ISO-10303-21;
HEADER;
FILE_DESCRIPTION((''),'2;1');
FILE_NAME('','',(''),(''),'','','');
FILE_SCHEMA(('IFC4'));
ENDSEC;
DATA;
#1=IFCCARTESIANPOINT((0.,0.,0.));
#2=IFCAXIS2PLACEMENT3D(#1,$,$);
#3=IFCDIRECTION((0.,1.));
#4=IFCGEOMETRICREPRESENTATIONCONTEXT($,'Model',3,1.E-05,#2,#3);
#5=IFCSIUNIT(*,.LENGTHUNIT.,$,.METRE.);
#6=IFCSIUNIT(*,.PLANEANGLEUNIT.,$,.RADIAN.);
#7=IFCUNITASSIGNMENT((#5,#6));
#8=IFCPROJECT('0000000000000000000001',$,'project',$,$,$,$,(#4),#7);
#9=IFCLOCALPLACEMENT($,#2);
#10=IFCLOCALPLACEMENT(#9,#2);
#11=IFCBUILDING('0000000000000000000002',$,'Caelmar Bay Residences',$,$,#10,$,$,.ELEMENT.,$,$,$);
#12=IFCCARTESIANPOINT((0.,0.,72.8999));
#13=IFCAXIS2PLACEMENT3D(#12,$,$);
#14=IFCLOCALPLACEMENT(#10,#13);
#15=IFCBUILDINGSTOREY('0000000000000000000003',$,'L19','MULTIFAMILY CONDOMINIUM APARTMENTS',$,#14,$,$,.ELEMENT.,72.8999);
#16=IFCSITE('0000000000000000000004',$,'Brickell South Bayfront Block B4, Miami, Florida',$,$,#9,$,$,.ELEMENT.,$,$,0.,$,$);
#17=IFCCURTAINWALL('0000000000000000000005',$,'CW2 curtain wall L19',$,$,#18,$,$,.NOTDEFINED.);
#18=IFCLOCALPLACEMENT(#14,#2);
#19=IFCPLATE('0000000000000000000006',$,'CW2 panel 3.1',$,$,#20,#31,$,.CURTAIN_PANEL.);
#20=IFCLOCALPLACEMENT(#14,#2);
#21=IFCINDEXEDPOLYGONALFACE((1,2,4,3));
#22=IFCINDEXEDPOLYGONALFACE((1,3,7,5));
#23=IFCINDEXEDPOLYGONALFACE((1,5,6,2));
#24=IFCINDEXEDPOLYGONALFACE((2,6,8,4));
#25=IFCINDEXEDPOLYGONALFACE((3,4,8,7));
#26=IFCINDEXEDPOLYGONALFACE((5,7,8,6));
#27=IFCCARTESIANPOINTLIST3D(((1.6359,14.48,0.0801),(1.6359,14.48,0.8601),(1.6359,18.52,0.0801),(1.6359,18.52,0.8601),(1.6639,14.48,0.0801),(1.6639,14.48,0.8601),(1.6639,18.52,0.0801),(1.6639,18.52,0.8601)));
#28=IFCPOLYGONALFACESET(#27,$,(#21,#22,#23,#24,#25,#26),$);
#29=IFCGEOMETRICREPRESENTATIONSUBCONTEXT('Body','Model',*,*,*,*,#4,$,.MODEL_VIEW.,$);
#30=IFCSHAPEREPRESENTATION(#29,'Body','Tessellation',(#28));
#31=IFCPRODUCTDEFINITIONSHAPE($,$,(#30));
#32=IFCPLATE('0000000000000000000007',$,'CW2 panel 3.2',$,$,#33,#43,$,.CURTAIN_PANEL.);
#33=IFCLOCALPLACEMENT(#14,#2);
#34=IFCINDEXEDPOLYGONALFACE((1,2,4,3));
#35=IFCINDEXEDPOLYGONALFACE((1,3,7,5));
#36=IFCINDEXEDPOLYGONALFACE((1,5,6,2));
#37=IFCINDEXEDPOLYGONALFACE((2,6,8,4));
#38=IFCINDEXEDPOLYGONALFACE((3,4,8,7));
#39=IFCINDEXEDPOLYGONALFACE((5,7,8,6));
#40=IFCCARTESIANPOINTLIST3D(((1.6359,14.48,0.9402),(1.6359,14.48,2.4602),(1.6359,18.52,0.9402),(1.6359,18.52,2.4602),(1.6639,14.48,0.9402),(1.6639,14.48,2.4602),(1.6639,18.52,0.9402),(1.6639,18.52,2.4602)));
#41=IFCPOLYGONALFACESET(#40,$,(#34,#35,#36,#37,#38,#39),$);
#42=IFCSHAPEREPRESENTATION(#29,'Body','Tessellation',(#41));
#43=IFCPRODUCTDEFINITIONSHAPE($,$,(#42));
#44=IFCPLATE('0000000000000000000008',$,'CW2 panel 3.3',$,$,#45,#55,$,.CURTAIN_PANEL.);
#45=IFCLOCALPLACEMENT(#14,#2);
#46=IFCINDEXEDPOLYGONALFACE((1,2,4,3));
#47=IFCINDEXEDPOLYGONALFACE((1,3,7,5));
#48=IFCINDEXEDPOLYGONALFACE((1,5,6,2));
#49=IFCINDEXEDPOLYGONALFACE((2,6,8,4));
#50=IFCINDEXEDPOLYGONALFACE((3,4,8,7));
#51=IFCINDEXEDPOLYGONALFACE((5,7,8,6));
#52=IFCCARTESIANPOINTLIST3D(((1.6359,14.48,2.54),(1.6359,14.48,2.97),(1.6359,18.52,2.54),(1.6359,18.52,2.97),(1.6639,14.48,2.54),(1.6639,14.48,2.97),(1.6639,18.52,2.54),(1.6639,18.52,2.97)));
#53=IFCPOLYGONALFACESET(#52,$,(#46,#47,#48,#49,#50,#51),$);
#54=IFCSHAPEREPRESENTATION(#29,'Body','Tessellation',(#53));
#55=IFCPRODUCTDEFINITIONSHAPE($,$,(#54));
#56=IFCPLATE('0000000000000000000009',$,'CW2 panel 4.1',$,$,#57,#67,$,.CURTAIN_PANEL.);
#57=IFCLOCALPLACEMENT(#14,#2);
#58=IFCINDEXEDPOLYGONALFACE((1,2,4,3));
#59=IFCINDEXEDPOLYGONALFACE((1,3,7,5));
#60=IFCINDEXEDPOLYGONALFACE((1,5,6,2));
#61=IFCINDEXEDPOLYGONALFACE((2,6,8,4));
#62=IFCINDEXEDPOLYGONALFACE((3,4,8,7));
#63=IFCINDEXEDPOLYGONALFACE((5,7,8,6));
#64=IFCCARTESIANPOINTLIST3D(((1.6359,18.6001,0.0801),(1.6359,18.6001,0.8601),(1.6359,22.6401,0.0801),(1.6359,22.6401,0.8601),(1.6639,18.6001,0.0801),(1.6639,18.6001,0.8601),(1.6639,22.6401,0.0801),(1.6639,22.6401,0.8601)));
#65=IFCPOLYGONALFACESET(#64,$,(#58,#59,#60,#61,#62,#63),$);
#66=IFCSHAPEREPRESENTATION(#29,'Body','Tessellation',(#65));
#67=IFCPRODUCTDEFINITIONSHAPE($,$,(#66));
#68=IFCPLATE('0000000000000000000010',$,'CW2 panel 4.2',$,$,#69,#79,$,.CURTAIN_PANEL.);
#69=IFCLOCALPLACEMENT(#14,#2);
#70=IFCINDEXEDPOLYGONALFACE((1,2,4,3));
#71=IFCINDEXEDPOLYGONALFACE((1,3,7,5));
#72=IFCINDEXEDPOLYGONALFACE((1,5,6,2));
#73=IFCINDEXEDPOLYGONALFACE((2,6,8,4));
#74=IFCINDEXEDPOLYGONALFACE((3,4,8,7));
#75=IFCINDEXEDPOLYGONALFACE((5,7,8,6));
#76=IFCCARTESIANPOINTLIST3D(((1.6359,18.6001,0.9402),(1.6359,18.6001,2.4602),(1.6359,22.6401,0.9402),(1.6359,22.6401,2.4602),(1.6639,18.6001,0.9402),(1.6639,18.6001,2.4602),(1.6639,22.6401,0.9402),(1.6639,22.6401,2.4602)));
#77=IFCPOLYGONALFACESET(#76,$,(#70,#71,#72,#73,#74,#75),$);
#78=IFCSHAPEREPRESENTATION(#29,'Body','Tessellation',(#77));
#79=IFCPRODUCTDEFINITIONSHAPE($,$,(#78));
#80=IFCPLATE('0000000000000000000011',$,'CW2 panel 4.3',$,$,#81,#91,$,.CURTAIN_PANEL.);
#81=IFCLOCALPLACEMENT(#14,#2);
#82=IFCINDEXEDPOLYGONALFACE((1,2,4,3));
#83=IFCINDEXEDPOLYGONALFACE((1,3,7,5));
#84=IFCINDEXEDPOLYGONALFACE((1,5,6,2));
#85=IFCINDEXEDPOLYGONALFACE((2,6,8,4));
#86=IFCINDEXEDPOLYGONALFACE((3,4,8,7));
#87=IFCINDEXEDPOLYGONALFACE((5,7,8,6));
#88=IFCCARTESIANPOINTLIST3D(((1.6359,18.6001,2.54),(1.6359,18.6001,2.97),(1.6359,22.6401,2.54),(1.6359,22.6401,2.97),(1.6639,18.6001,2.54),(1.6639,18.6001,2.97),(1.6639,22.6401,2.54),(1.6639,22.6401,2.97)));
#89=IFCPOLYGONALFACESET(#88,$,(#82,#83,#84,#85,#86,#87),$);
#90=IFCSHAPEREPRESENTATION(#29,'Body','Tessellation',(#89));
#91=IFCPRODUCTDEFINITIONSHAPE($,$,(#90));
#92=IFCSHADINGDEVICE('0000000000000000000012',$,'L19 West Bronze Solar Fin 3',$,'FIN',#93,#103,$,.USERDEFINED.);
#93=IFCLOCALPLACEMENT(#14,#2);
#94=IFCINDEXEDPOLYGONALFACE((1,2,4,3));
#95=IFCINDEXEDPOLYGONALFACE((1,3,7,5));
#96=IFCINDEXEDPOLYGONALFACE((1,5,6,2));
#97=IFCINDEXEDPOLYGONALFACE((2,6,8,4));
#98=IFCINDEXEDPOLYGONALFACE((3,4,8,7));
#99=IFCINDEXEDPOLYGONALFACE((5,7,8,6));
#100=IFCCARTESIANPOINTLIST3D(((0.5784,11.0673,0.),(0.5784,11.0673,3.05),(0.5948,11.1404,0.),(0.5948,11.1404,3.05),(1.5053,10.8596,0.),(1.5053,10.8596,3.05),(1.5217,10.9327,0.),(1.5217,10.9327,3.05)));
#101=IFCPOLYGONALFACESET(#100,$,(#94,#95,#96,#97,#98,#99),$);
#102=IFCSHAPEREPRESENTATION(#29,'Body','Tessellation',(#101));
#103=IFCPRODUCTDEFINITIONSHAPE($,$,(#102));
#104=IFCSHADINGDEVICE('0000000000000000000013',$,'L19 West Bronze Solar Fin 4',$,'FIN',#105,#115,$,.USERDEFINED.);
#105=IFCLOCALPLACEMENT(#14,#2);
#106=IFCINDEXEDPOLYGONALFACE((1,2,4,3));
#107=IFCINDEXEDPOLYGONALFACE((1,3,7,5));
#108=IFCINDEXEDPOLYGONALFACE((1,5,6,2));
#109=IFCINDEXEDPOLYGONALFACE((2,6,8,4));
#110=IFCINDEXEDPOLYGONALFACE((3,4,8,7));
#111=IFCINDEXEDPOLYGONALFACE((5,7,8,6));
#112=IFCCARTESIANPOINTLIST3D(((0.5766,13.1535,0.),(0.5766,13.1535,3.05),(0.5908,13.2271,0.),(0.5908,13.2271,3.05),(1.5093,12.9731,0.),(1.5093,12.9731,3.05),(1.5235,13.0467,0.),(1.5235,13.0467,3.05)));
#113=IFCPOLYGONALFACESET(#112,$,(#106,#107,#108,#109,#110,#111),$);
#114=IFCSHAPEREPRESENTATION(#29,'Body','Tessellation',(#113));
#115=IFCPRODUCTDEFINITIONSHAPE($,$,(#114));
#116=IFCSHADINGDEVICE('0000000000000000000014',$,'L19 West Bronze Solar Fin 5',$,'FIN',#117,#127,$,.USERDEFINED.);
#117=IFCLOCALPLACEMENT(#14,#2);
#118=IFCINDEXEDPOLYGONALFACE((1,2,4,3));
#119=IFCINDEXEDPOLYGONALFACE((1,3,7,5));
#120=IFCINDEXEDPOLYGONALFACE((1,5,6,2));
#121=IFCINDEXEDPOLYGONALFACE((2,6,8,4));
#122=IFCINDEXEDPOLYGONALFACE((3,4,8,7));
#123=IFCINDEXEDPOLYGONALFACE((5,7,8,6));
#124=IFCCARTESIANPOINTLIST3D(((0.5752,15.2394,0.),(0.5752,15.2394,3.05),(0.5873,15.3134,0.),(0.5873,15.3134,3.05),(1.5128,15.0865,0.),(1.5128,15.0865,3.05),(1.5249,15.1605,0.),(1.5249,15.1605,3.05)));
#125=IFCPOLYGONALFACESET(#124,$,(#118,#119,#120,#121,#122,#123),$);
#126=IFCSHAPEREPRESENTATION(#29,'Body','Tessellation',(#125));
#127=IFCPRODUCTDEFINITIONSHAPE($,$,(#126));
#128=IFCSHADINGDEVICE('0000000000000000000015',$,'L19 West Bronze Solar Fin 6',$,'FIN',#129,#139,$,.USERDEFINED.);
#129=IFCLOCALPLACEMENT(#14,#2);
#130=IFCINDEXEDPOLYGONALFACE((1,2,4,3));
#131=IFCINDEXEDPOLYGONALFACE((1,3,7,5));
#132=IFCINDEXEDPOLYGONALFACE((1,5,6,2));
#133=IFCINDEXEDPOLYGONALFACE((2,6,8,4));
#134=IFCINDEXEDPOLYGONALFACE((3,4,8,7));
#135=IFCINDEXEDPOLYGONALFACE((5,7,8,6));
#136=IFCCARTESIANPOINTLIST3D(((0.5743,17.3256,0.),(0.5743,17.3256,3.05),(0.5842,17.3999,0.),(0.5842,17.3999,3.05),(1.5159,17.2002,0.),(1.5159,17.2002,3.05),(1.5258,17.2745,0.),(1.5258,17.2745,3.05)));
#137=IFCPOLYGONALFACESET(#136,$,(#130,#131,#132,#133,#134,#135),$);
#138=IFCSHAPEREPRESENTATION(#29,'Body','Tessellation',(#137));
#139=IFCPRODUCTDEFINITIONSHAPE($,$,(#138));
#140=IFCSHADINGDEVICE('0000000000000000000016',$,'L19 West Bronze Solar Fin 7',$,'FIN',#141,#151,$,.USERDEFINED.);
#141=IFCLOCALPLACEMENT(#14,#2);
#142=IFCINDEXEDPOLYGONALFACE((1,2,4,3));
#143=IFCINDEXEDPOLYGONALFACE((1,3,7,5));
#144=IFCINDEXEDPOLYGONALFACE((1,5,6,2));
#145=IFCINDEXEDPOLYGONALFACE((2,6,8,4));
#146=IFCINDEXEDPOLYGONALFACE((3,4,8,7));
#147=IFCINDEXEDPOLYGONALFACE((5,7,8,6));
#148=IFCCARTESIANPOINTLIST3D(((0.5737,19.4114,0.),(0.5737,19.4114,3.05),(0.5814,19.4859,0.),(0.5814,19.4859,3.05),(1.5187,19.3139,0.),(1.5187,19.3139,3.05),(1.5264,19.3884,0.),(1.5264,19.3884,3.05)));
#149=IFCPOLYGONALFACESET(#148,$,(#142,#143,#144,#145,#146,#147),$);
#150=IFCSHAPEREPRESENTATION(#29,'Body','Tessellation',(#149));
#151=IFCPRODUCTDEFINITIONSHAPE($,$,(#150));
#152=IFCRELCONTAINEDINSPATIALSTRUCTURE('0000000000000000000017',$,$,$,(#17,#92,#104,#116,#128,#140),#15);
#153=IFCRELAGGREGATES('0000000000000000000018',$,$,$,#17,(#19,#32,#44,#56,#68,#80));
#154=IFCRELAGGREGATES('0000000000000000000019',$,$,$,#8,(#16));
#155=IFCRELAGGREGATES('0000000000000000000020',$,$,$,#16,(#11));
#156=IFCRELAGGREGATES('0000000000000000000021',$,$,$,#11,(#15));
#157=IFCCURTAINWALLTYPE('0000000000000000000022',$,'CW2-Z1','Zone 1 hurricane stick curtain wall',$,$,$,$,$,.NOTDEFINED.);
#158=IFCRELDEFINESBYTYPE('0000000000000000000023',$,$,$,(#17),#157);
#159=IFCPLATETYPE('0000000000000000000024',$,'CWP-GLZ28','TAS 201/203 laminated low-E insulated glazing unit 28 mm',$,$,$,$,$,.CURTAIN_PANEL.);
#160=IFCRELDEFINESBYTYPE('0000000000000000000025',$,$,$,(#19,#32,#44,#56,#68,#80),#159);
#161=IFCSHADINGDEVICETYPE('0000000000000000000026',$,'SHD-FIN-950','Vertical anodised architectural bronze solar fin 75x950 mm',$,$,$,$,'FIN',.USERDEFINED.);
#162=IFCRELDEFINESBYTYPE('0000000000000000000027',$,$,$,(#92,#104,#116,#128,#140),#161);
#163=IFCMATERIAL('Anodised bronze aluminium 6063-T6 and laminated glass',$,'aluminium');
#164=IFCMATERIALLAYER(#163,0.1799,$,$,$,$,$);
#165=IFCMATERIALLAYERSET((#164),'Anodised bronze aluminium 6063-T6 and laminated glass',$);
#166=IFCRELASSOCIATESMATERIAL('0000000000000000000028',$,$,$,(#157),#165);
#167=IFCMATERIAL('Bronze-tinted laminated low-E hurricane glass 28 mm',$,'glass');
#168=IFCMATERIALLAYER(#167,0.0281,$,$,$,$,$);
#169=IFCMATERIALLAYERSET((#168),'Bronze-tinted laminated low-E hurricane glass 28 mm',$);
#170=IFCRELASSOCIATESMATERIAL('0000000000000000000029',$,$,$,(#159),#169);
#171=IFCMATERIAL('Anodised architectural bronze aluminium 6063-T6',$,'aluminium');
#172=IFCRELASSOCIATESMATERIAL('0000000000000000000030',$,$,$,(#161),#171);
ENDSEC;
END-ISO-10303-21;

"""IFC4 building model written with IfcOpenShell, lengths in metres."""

from ifc_helpers import new_model, si_unit, direction, frame, origin, origin_2d, place, context, subcontext, project, spatial, rectangle, extrude, material, layer, layer_set, material_profile, profile_set, type_object, element, aggregate, save


model = new_model("IFC4")

# Units and contexts
model_context = context("Model", 3, precision=1e-05, world=origin(), true_north=direction((0.0, 1.0)))
body_context = subcontext(model_context, "Body", "Model", "MODEL_VIEW")
ifc_project = project(units=[si_unit("LENGTHUNIT", "METRE"), si_unit("PLANEANGLEUNIT", "RADIAN")], contexts=[model_context])

# Site, building, storey
site_placement = place(None, origin())
site = spatial("IfcSite", under=ifc_project, at=site_placement, Name="Brickell South Bayfront Block B4, Miami, Florida", CompositionType="ELEMENT", RefElevation=0.0)
building_placement = place(site_placement, origin())
building = spatial("IfcBuilding", under=site, at=building_placement, Name="Caelmar Bay Residences", CompositionType="ELEMENT")
storey_placement = place(building_placement, frame((0.0, 0.0, 72.8999)))
storey = spatial("IfcBuildingStorey", under=building, at=storey_placement, Name="L19", Description="MULTIFAMILY CONDOMINIUM APARTMENTS", CompositionType="ELEMENT", Elevation=72.8999)

# Curtain wall, plates
ifc_material_1 = material(Name="Anodised bronze aluminium 6063-T6 and laminated glass", Category="aluminium")
ifc_layer_1 = layer(ifc_material_1, 0.1799)
ifc_layer_set_1 = layer_set([ifc_layer_1], Name="Anodised bronze aluminium 6063-T6 and laminated glass")
curtain_wall_type = type_object("IfcCurtainWallType", Name="CW2-Z1", Description="Zone 1 hurricane stick curtain wall", PredefinedType="NOTDEFINED", material=ifc_layer_set_1)
curtain_wall_placement = place(storey_placement, origin())
curtain_wall = element("IfcCurtainWall", 1, at=curtain_wall_placement, inside=storey, type_object=curtain_wall_type, Name="CW2 curtain wall L19", PredefinedType="NOTDEFINED")
ifc_material_2 = material(Name="Bronze-tinted laminated low-E hurricane glass 28 mm", Category="glass")
ifc_layer_2 = layer(ifc_material_2, 0.0281)
ifc_layer_set_2 = layer_set([ifc_layer_2], Name="Bronze-tinted laminated low-E hurricane glass 28 mm")
plate_type = type_object("IfcPlateType", Name="CWP-GLZ28", Description="TAS 201/203 laminated low-E insulated glazing unit 28 mm", PredefinedType="CURTAIN_PANEL", material=ifc_layer_set_2)
plate_1_placement = place(storey_placement, frame((1.6499, 16.5, 0.0801), z_axis=(0.0, 0.0, 1.0), x_axis=(0.0, 1.0, 0.0)))
plate_1 = element("IfcPlate", 2, at=plate_1_placement, type_object=plate_type, Name="CW2 panel 3.1", PredefinedType="CURTAIN_PANEL", context=body_context, shape_type="SweptSolid", body=[
    extrude(rectangle(XDim=4.04, YDim=0.0281, at=origin_2d()), origin(), (0.0, 0.0, 1.0), 0.78),
])
plate_2_placement = place(storey_placement, frame((1.6499, 16.5, 0.9402), z_axis=(0.0, 0.0, 1.0), x_axis=(0.0, 1.0, 0.0)))
plate_2 = element("IfcPlate", 3, at=plate_2_placement, type_object=plate_type, Name="CW2 panel 3.2", PredefinedType="CURTAIN_PANEL", context=body_context, shape_type="SweptSolid", body=[
    extrude(rectangle(XDim=4.04, YDim=0.0281, at=origin_2d()), origin(), (0.0, 0.0, 1.0), 1.52),
])
plate_3_placement = place(storey_placement, frame((1.6499, 16.5, 2.54), z_axis=(0.0, 0.0, 1.0), x_axis=(0.0, 1.0, 0.0)))
plate_3 = element("IfcPlate", 4, at=plate_3_placement, type_object=plate_type, Name="CW2 panel 3.3", PredefinedType="CURTAIN_PANEL", context=body_context, shape_type="SweptSolid", body=[
    extrude(rectangle(XDim=4.04, YDim=0.0281, at=origin_2d()), origin(), (0.0, 0.0, 1.0), 0.4299),
])
plate_4_placement = place(storey_placement, frame((1.6499, 20.6201, 0.0801), z_axis=(0.0, 0.0, 1.0), x_axis=(0.0, 1.0, 0.0)))
plate_4 = element("IfcPlate", 5, at=plate_4_placement, type_object=plate_type, Name="CW2 panel 4.1", PredefinedType="CURTAIN_PANEL", context=body_context, shape_type="SweptSolid", body=[
    extrude(rectangle(XDim=4.04, YDim=0.0281, at=origin_2d()), origin(), (0.0, 0.0, 1.0), 0.78),
])
plate_5_placement = place(storey_placement, frame((1.6499, 20.6201, 0.9402), z_axis=(0.0, 0.0, 1.0), x_axis=(0.0, 1.0, 0.0)))
plate_5 = element("IfcPlate", 6, at=plate_5_placement, type_object=plate_type, Name="CW2 panel 4.2", PredefinedType="CURTAIN_PANEL", context=body_context, shape_type="SweptSolid", body=[
    extrude(rectangle(XDim=4.04, YDim=0.0281, at=origin_2d()), origin(), (0.0, 0.0, 1.0), 1.52),
])
plate_6_placement = place(storey_placement, frame((1.6499, 20.6201, 2.54), z_axis=(0.0, 0.0, 1.0), x_axis=(0.0, 1.0, 0.0)))
plate_6 = element("IfcPlate", 7, at=plate_6_placement, type_object=plate_type, Name="CW2 panel 4.3", PredefinedType="CURTAIN_PANEL", context=body_context, shape_type="SweptSolid", body=[
    extrude(rectangle(XDim=4.04, YDim=0.0281, at=origin_2d()), origin(), (0.0, 0.0, 1.0), 0.4299),
])
aggregate(curtain_wall, [plate_1, plate_2, plate_3, plate_4, plate_5, plate_6])

# Shading devices
ifc_material_3 = material(Name="Anodised architectural bronze aluminium 6063-T6", Category="aluminium")
ifc_material_profile_1 = material_profile(ifc_material_3, rectangle(XDim=0.075, YDim=0.95, at=origin_2d()), Name="BRONZE-FIN-75X950")
ifc_profile_set_1 = profile_set([ifc_material_profile_1], Name="Anodised architectural bronze aluminium 6063-T6")
shading_device_type = type_object("IfcShadingDeviceType", Name="SHD-FIN-950", Description="Vertical anodised architectural bronze solar fin 75x950 mm", ElementType="FIN", PredefinedType="USERDEFINED", material=ifc_profile_set_1)
for number, where, z_axis, x_axis, name in (
    (8, (1.05, 11.0, 0.0), (0.0, 0.0, 1.0), (0.218654, 0.975802, 0.0), "L19 West Bronze Solar Fin 3"),
    (9, (1.05, 13.1001, 0.0), (0.0, 0.0, 1.0), (0.189952, 0.981793, 0.0), "L19 West Bronze Solar Fin 4"),
    (10, (1.05, 15.2, 0.0), (0.0, 0.0, 1.0), (0.160915, 0.986968, 0.0), "L19 West Bronze Solar Fin 5"),
    (11, (1.05, 17.3, 0.0), (0.0, 0.0, 1.0), (0.13191, 0.991262, 0.0), "L19 West Bronze Solar Fin 6"),
    (12, (1.05, 19.3999, 0.0), (0.0, 0.0, 1.0), (0.102619, 0.994721, 0.0), "L19 West Bronze Solar Fin 7"),
):
    element("IfcShadingDevice", number, at=place(storey_placement, frame(where, z_axis=z_axis, x_axis=x_axis)), inside=storey, type_object=shading_device_type, Name=name, ObjectType="FIN", PredefinedType="USERDEFINED", context=body_context, shape_type="SweptSolid", body=[
        extrude(rectangle(XDim=0.075, YDim=0.95, at=origin_2d()), origin(), (0.0, 0.0, 1.0), 3.05),
    ])

save(model, "model.ifc")
